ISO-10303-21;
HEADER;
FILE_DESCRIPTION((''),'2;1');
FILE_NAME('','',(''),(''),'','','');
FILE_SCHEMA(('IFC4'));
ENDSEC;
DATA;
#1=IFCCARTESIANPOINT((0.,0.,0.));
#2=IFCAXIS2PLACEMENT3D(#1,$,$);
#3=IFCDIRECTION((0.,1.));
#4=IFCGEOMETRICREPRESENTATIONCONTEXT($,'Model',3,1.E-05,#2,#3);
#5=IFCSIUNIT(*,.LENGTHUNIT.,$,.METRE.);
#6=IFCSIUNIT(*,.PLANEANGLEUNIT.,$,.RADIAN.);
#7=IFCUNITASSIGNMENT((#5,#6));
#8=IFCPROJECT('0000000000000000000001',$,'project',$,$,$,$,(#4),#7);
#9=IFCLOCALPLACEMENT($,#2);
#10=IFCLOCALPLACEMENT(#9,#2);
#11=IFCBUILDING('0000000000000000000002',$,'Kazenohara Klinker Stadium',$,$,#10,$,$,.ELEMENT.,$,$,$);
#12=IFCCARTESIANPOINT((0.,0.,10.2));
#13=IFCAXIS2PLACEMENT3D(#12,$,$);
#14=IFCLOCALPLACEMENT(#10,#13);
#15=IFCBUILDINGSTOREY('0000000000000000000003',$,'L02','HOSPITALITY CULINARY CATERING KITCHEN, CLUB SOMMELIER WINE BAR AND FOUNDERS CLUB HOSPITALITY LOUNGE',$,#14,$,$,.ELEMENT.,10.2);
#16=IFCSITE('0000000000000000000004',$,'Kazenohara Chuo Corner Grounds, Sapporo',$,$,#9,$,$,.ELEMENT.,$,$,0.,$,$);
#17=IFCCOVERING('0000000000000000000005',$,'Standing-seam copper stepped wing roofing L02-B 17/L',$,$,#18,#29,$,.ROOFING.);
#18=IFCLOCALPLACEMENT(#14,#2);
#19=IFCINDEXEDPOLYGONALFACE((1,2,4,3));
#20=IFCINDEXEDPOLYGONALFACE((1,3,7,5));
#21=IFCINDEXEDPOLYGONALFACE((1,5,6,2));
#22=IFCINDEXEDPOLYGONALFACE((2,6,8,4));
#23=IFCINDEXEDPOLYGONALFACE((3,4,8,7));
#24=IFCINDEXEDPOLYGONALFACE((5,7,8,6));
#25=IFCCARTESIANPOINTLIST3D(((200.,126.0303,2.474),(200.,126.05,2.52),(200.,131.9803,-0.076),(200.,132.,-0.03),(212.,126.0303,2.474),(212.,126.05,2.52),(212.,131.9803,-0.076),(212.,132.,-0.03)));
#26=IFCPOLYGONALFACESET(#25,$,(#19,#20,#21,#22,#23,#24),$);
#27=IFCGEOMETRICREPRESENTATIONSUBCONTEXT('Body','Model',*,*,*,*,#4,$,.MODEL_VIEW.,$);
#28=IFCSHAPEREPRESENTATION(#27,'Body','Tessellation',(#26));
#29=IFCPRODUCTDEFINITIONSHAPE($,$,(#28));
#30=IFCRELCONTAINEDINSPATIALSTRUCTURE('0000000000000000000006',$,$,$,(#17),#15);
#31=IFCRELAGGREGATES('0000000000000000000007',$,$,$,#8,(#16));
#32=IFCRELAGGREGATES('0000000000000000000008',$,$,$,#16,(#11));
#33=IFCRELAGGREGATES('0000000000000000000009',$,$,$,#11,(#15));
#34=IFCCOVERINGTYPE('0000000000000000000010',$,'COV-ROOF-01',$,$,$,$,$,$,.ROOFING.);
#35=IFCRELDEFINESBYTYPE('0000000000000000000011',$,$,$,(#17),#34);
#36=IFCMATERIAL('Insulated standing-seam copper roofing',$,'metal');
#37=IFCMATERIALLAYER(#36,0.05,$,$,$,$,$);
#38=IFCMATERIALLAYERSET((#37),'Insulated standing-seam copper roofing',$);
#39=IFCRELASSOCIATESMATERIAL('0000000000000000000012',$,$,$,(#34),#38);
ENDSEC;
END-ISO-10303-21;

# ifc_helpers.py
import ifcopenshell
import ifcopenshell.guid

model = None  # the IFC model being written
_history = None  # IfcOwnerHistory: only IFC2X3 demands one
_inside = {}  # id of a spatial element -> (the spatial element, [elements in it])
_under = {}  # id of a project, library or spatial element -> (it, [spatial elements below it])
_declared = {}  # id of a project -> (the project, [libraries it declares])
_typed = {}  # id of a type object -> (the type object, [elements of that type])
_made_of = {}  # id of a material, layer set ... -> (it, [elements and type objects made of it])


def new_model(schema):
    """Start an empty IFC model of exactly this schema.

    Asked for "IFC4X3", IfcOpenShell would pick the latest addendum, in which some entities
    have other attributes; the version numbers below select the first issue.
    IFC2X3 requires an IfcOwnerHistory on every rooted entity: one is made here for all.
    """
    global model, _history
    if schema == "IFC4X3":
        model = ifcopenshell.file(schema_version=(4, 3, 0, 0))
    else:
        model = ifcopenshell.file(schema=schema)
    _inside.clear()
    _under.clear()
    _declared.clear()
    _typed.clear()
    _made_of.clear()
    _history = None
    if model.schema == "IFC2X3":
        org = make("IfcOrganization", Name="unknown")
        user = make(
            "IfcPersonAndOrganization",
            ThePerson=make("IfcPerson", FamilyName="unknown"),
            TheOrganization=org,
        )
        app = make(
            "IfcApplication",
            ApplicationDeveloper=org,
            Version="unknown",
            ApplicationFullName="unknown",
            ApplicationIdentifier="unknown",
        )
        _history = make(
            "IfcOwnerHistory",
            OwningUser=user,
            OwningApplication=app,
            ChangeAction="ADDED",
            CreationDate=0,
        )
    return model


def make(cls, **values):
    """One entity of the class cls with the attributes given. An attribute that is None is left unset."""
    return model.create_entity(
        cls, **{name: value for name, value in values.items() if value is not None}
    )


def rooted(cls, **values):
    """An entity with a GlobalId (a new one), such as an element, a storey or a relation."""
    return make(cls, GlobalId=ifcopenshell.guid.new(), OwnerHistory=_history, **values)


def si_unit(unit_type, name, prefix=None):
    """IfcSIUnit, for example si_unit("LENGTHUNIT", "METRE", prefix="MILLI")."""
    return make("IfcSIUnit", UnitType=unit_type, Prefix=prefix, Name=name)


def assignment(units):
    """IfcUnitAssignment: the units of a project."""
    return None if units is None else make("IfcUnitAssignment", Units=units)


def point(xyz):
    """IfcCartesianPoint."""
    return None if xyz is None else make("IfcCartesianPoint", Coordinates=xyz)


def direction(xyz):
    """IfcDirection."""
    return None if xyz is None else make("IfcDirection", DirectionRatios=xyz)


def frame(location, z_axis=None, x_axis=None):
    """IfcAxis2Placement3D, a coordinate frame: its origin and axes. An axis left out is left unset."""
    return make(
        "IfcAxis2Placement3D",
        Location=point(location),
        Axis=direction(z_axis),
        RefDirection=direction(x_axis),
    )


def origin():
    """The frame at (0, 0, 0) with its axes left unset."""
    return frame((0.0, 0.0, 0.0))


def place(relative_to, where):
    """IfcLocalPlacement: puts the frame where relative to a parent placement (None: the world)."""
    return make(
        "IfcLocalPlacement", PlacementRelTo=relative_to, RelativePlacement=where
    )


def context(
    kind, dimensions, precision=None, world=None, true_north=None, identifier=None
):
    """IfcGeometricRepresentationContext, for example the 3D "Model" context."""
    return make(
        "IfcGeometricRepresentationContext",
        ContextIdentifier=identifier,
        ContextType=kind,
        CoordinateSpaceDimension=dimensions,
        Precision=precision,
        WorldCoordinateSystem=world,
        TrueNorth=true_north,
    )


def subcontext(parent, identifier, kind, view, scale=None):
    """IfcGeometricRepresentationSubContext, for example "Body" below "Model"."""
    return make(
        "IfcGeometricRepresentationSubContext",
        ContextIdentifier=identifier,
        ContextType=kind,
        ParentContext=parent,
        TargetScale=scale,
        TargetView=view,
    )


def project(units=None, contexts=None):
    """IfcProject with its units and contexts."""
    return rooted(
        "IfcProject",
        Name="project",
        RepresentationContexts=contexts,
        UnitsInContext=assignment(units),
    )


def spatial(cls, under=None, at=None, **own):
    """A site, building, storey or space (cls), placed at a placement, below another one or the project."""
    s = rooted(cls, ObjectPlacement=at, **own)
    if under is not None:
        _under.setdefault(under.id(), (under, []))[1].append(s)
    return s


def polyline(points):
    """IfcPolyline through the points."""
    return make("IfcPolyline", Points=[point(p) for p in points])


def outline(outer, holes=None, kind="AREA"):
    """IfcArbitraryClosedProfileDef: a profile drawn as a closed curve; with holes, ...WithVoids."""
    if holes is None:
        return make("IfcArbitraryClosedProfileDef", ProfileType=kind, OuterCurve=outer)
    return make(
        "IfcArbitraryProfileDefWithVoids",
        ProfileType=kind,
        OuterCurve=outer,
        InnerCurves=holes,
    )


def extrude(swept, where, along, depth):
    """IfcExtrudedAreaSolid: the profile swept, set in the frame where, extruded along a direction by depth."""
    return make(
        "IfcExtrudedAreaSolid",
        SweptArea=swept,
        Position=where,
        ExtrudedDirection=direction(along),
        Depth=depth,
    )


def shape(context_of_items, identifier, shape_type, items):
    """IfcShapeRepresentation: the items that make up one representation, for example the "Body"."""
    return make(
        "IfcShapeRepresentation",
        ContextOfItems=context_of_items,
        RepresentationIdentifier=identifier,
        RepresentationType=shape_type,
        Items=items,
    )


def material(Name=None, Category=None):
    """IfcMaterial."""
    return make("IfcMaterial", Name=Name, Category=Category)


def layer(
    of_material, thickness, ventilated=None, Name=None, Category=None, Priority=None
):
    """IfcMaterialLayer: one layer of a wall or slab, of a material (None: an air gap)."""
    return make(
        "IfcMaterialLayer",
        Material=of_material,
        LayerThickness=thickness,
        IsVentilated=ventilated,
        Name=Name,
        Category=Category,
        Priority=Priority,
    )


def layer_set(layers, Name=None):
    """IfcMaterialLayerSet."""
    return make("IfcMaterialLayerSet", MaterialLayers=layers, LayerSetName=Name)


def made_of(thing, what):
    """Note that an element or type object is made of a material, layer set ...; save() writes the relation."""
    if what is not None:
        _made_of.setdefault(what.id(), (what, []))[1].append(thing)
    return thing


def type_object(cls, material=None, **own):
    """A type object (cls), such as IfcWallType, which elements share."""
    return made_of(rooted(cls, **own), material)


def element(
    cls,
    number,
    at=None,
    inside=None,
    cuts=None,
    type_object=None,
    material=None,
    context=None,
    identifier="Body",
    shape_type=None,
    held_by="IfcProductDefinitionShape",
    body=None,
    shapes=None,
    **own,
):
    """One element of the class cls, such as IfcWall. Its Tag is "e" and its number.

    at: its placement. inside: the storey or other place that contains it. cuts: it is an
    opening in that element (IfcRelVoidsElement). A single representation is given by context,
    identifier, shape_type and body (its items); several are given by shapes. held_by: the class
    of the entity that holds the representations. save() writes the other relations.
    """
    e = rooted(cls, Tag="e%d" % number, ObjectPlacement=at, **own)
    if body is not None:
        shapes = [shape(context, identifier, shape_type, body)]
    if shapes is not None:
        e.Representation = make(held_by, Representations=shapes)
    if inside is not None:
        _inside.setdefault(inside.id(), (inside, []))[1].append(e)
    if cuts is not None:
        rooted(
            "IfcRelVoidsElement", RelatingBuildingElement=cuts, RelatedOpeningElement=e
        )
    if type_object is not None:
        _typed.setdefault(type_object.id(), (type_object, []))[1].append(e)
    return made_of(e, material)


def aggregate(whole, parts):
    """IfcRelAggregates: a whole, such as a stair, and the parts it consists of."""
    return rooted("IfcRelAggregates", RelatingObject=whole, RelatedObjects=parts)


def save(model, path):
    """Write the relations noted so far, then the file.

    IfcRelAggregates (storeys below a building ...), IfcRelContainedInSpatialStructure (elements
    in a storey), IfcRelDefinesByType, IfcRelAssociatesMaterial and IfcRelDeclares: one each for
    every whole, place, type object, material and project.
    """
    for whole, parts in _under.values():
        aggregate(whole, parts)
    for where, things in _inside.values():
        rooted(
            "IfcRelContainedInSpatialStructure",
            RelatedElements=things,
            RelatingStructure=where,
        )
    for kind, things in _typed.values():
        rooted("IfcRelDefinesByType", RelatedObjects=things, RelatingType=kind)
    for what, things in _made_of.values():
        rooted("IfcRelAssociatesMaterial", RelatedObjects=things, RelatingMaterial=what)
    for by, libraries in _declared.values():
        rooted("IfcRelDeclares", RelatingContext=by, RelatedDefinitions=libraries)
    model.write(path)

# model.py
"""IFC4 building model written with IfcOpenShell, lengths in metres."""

from ifc_helpers import new_model, si_unit, direction, frame, origin, place, context, subcontext, project, spatial, polyline, outline, extrude, material, layer, layer_set, type_object, element, save


model = new_model("IFC4")

# Units and contexts
model_context = context("Model", 3, precision=1e-05, world=origin(), true_north=direction((0.0, 1.0)))
body_context = subcontext(model_context, "Body", "Model", "MODEL_VIEW")
ifc_project = project(units=[si_unit("LENGTHUNIT", "METRE"), si_unit("PLANEANGLEUNIT", "RADIAN")], contexts=[model_context])

# Site, building, storey
site_placement = place(None, origin())
site = spatial("IfcSite", under=ifc_project, at=site_placement, Name="Kazenohara Chuo Corner Grounds, Sapporo", CompositionType="ELEMENT", RefElevation=0.0)
building_placement = place(site_placement, origin())
building = spatial("IfcBuilding", under=site, at=building_placement, Name="Kazenohara Klinker Stadium", CompositionType="ELEMENT")
storey_placement = place(building_placement, frame((0.0, 0.0, 10.2)))
storey = spatial("IfcBuildingStorey", under=building, at=storey_placement, Name="L02", Description="HOSPITALITY CULINARY CATERING KITCHEN, CLUB SOMMELIER WINE BAR AND FOUNDERS CLUB HOSPITALITY LOUNGE", CompositionType="ELEMENT", Elevation=10.2)

# Covering
ifc_material_1 = material(Name="Insulated standing-seam copper roofing", Category="metal")
ifc_layer_1 = layer(ifc_material_1, 0.05)
ifc_layer_set_1 = layer_set([ifc_layer_1], Name="Insulated standing-seam copper roofing")
covering_type = type_object("IfcCoveringType", Name="COV-ROOF-01", PredefinedType="ROOFING", material=ifc_layer_set_1)
covering_placement = place(storey_placement, frame((200.0, 126.05, 2.52), z_axis=(0.0, 0.393928, 0.919141), x_axis=(1.0, 0.0, 0.0)))
element("IfcCovering", 1, at=covering_placement, inside=storey, type_object=covering_type, Name="Standing-seam copper stepped wing roofing L02-B 17/L", PredefinedType="ROOFING", context=body_context, shape_type="SweptSolid", body=[
    extrude(outline(polyline([(0.0, 0.0), (12.0, 0.0), (12.0, 6.4734), (0.0, 6.4734), (0.0, 0.0)])), origin(), (0.0, 0.0, -1.0), 0.05),
])

save(model, "model.ifc")
